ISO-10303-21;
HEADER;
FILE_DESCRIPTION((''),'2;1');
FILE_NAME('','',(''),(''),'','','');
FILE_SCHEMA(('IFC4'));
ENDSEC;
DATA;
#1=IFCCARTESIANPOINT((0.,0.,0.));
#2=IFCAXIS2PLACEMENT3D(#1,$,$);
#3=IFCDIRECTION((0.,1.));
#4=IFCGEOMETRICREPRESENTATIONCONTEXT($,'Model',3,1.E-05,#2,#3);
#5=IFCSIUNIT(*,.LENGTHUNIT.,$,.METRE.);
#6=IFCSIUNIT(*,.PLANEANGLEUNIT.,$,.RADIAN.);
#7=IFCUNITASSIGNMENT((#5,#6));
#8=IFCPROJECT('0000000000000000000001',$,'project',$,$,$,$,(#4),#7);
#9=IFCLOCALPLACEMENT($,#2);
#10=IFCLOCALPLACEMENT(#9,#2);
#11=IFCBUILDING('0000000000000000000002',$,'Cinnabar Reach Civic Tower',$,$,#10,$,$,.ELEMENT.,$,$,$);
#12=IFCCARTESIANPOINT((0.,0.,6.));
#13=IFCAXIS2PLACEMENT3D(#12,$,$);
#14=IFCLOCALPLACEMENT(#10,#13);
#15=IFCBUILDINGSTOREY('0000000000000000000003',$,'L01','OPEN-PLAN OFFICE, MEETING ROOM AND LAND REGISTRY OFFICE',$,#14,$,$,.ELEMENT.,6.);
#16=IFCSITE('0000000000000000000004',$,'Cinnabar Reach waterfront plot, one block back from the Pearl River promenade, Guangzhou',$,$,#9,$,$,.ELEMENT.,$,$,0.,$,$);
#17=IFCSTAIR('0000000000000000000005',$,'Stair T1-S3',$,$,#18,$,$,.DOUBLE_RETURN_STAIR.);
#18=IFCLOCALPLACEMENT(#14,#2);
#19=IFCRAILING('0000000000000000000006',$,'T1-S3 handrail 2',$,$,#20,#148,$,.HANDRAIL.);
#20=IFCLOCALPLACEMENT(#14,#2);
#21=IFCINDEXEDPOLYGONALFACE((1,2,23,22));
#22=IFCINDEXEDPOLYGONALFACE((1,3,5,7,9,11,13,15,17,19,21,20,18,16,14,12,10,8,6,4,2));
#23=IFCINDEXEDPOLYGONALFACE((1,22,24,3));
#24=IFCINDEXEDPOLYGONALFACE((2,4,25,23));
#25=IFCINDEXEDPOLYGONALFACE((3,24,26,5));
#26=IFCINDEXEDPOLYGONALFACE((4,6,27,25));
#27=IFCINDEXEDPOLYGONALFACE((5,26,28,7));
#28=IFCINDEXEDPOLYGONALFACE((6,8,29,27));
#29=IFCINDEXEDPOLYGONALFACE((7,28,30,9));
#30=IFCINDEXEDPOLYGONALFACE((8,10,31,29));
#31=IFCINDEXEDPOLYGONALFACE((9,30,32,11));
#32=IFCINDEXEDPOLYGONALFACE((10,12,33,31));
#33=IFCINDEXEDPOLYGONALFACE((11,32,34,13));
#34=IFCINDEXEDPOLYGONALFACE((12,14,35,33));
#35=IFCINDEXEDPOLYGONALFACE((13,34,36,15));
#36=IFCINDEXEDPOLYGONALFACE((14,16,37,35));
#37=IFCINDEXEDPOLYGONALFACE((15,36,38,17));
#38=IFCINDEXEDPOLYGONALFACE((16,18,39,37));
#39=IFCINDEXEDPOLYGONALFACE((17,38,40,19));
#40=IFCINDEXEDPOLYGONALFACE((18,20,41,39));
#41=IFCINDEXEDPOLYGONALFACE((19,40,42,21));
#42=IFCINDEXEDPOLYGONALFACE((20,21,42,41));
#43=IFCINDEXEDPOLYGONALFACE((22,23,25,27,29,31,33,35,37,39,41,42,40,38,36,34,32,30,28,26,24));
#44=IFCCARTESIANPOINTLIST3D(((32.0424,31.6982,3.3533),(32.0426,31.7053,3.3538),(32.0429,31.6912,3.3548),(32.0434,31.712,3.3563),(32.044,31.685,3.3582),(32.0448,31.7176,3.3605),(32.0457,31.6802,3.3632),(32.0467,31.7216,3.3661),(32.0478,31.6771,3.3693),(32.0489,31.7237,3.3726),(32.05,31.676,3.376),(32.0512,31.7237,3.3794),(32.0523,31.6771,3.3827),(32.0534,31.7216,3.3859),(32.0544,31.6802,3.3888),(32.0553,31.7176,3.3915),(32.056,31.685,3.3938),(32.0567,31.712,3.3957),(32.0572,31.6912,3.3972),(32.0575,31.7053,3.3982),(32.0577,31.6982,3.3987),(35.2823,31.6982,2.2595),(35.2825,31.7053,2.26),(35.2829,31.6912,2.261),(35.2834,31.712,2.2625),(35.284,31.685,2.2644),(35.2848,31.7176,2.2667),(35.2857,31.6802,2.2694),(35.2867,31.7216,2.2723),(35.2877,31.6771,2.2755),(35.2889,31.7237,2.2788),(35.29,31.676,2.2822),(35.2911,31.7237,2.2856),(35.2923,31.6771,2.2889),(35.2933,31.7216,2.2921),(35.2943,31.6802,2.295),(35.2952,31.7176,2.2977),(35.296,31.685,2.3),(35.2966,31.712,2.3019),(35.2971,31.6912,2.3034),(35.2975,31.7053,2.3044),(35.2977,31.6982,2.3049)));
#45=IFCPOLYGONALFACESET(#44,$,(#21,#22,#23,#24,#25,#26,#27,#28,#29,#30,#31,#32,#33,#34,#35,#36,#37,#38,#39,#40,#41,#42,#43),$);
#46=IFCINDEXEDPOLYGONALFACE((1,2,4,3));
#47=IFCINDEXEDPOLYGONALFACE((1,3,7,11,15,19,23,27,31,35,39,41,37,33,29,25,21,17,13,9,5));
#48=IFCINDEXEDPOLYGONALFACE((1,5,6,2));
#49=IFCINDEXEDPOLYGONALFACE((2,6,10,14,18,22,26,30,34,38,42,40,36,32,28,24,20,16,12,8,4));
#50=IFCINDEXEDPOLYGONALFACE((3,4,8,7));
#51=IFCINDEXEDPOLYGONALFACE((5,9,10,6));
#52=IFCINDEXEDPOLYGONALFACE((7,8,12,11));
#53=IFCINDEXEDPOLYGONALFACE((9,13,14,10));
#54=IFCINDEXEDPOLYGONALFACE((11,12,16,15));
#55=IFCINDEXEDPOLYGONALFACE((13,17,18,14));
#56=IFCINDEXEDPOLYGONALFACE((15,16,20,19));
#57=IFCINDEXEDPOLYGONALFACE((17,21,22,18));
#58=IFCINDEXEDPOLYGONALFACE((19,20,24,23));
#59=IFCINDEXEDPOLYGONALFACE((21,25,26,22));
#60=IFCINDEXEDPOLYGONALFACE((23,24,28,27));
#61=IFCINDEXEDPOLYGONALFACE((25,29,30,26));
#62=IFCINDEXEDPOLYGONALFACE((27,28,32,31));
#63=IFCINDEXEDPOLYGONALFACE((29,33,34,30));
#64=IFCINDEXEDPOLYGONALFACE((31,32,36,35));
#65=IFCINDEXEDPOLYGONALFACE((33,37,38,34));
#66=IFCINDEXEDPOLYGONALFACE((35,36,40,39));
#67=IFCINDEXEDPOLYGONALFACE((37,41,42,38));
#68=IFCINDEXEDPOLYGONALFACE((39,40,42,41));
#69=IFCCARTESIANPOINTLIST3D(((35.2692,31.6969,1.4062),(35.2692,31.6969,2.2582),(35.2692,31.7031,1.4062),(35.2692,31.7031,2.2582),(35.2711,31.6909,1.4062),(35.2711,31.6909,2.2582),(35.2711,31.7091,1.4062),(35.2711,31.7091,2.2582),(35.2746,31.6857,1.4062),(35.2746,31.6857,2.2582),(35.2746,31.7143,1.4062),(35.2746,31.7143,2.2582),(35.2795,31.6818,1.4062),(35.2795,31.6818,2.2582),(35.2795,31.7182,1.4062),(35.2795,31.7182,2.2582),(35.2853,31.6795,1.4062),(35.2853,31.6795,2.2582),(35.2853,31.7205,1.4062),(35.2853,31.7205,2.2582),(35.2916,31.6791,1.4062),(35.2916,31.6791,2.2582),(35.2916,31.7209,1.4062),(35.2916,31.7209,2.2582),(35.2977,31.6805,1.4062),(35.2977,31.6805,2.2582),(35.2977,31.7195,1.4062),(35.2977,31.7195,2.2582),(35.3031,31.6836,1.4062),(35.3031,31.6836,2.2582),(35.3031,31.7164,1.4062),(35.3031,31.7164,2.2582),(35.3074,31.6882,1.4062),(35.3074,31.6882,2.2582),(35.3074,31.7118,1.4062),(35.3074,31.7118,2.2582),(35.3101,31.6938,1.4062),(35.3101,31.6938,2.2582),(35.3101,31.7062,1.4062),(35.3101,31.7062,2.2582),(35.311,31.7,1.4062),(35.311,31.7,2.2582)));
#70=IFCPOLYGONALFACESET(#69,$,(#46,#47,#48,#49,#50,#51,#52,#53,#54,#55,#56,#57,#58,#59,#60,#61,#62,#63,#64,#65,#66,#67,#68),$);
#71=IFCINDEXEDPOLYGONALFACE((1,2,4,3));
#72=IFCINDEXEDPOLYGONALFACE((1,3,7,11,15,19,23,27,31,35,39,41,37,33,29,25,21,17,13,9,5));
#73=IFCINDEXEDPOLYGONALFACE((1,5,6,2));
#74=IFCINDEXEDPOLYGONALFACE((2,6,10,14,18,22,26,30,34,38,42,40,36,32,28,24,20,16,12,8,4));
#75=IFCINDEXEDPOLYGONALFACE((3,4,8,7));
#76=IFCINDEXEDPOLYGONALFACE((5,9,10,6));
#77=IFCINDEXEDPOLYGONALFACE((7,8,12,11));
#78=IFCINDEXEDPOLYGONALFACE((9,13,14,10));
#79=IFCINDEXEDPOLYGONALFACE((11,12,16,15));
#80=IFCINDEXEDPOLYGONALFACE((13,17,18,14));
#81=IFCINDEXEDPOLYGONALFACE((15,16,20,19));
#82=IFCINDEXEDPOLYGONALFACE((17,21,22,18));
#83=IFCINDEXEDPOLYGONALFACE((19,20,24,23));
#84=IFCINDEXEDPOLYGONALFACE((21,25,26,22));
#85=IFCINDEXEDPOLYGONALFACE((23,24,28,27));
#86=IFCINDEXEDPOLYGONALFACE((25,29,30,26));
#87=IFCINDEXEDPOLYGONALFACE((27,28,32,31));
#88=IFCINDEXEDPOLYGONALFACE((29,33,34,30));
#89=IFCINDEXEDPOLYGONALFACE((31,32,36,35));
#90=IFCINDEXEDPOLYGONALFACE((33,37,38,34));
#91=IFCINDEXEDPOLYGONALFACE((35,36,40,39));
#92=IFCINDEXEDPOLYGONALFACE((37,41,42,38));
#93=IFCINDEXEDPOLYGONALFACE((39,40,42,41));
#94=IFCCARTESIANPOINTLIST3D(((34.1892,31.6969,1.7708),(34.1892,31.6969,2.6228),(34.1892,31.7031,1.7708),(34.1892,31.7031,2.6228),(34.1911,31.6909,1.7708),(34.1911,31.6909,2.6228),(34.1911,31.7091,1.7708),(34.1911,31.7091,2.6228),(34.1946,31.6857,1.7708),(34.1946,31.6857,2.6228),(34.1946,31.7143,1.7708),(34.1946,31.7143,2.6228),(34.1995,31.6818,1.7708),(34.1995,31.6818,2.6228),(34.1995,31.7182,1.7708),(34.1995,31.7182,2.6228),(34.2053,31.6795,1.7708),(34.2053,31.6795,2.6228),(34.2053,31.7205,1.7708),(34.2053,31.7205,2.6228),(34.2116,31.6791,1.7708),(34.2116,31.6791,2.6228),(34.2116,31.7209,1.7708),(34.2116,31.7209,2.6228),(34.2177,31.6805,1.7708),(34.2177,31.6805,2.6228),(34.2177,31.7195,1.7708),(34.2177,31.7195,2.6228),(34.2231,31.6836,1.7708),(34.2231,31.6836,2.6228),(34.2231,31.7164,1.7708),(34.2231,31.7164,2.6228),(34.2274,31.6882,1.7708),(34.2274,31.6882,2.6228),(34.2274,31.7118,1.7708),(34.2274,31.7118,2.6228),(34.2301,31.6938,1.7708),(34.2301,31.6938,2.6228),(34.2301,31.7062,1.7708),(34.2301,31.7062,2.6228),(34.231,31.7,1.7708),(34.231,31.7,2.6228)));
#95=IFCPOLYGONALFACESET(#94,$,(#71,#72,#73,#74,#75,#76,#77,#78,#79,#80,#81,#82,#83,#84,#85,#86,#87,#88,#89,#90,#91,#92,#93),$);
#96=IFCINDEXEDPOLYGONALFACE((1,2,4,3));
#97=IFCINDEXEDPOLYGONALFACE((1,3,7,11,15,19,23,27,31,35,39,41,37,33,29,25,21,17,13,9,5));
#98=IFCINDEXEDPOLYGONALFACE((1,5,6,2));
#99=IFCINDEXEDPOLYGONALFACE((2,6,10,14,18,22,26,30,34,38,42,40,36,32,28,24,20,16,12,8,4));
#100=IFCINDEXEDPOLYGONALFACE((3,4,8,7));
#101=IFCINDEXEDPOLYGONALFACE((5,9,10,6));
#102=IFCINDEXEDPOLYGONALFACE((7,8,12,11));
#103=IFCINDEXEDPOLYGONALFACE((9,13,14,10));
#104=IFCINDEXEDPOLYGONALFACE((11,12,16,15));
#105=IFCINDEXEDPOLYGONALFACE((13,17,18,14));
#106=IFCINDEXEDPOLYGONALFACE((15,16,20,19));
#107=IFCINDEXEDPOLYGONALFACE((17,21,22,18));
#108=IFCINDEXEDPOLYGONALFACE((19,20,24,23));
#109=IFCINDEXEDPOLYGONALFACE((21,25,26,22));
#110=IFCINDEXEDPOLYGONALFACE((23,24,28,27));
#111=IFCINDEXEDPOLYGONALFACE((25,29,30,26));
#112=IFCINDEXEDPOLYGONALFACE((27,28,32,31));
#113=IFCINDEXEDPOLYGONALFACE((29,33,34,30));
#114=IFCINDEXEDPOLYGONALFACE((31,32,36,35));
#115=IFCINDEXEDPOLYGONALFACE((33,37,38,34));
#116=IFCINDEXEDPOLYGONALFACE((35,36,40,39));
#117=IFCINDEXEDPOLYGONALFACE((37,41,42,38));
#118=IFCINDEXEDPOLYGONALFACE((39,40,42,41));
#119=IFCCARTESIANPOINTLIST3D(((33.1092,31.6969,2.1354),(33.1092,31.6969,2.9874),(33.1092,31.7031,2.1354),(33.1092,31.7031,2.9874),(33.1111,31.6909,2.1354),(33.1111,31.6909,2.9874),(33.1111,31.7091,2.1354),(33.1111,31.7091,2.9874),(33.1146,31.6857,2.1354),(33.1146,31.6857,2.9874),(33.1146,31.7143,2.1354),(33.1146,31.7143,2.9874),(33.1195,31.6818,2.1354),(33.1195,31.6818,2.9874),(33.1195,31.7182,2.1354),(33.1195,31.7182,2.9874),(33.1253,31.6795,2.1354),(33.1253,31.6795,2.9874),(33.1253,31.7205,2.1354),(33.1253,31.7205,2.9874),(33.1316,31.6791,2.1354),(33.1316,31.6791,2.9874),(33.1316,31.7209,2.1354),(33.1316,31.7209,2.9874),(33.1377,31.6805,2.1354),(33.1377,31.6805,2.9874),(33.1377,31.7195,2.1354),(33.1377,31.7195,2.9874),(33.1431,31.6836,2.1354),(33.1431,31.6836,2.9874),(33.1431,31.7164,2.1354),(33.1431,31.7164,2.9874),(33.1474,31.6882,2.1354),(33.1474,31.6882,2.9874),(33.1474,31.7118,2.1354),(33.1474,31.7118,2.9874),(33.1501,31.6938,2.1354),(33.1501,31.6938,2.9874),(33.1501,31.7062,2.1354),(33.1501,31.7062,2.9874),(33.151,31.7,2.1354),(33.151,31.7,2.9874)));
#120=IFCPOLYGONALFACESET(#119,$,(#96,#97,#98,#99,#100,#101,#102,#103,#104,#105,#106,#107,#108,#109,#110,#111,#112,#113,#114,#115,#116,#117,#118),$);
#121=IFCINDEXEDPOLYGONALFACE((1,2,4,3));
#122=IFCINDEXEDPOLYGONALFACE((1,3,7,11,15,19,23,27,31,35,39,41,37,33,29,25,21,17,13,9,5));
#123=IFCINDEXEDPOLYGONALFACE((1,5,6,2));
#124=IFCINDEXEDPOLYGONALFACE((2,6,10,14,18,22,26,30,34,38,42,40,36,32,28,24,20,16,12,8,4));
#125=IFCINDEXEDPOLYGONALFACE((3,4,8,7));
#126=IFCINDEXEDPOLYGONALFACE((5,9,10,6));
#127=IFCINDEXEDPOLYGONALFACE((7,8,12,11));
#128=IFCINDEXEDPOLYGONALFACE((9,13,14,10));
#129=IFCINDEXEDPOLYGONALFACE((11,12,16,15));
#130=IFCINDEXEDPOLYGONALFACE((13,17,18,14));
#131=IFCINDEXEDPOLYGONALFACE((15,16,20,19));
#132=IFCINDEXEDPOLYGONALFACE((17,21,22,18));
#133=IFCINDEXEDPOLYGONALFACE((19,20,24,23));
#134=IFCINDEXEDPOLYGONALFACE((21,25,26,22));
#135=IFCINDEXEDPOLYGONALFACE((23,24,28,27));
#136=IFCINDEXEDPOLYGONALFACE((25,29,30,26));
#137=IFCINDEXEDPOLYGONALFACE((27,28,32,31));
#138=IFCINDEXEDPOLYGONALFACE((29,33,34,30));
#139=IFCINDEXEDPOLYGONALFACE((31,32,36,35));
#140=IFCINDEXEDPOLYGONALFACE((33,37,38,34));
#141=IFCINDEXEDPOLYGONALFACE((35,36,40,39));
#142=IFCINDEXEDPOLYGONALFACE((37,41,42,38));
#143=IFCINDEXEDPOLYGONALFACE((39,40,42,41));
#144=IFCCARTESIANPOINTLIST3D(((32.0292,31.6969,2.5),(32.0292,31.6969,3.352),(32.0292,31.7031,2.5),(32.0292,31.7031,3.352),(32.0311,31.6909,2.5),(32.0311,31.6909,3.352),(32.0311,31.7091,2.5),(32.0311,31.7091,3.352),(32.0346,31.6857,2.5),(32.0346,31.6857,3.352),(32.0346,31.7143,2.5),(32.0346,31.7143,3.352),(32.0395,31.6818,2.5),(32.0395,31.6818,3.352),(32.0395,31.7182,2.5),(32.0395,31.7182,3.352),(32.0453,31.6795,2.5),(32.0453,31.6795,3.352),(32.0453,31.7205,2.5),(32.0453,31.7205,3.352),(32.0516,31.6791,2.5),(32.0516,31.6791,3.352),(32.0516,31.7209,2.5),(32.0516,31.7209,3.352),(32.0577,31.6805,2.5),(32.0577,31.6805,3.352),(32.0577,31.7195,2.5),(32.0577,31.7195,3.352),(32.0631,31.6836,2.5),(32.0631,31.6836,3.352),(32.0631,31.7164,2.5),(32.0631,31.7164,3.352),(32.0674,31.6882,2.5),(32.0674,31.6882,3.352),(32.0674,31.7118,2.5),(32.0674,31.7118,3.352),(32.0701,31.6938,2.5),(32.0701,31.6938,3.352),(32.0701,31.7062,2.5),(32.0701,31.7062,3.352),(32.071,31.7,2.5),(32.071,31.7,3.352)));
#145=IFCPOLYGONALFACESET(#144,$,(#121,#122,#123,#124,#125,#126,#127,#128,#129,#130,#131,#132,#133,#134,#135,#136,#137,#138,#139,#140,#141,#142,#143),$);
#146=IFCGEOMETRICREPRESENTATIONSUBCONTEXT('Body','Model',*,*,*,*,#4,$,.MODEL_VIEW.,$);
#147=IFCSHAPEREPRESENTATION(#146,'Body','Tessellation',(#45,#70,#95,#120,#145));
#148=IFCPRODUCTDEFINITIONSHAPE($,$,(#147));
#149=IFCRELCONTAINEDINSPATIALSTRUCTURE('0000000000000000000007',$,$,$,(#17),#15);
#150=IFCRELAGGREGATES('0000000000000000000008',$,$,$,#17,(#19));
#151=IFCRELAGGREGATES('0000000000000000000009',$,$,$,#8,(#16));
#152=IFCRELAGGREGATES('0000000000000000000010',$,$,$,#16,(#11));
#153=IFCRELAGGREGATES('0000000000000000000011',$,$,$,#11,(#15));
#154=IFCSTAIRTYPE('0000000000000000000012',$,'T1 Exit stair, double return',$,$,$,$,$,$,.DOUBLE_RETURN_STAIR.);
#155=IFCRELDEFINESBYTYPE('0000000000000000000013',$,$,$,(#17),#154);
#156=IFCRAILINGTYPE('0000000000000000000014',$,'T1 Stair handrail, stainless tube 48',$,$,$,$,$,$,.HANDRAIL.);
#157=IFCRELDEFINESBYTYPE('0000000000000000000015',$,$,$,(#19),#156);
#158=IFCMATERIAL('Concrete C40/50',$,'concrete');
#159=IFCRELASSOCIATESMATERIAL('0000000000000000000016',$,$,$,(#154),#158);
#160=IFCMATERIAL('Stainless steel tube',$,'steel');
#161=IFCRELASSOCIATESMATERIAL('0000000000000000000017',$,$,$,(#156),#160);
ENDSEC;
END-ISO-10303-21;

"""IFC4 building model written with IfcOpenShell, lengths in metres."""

from ifc_helpers import new_model, si_unit, direction, frame, origin, origin_2d, place, context, subcontext, project, spatial, circle, extrude, material, type_object, element, aggregate, save


model = new_model("IFC4")

# Units and contexts
model_context = context("Model", 3, precision=1e-05, world=origin(), true_north=direction((0.0, 1.0)))
body_context = subcontext(model_context, "Body", "Model", "MODEL_VIEW")
ifc_project = project(units=[si_unit("LENGTHUNIT", "METRE"), si_unit("PLANEANGLEUNIT", "RADIAN")], contexts=[model_context])

# Site, building, storey
site_placement = place(None, origin())
site = spatial("IfcSite", under=ifc_project, at=site_placement, Name="Cinnabar Reach waterfront plot, one block back from the Pearl River promenade, Guangzhou", CompositionType="ELEMENT", RefElevation=0.0)
building_placement = place(site_placement, origin())
building = spatial("IfcBuilding", under=site, at=building_placement, Name="Cinnabar Reach Civic Tower", CompositionType="ELEMENT")
storey_placement = place(building_placement, frame((0.0, 0.0, 6.0)))
storey = spatial("IfcBuildingStorey", under=building, at=storey_placement, Name="L01", Description="OPEN-PLAN OFFICE, MEETING ROOM AND LAND REGISTRY OFFICE", CompositionType="ELEMENT", Elevation=6.0)

# Stair, railing
ifc_material_1 = material(Name="Concrete C40/50", Category="concrete")
stair_type = type_object("IfcStairType", Name="T1 Exit stair, double return", PredefinedType="DOUBLE_RETURN_STAIR", material=ifc_material_1)
stair_placement = place(storey_placement, origin())
stair = element("IfcStair", 1, at=stair_placement, inside=storey, type_object=stair_type, Name="Stair T1-S3", PredefinedType="DOUBLE_RETURN_STAIR")
ifc_material_2 = material(Name="Stainless steel tube", Category="steel")
railing_type = type_object("IfcRailingType", Name="T1 Stair handrail, stainless tube 48", PredefinedType="HANDRAIL", material=ifc_material_2)
railing_1_placement = place(storey_placement, frame((35.29, 31.7, 1.4062)))
railing_1 = element("IfcRailing", 2, at=railing_1_placement, type_object=railing_type, Name="T1-S3 handrail 2", PredefinedType="HANDRAIL", context=body_context, shape_type="SweptSolid", body=[
    extrude(circle(Radius=0.024, at=origin_2d()), frame((0.0, 0.0, 0.876), z_axis=(-0.947466, 0.0, 0.319857), x_axis=(0.0, -1.0, 0.0)), (0.0, 0.0, 1.0), 3.4196),
    extrude(circle(Radius=0.021, at=origin_2d()), origin(), (0.0, 0.0, 1.0), 0.852),
    extrude(circle(Radius=0.021, at=origin_2d()), frame((-1.08, 0.0, 0.3646)), (0.0, 0.0, 1.0), 0.852),
    extrude(circle(Radius=0.021, at=origin_2d()), frame((-2.16, 0.0, 0.7292)), (0.0, 0.0, 1.0), 0.852),
    extrude(circle(Radius=0.021, at=origin_2d()), frame((-3.24, 0.0, 1.0938)), (0.0, 0.0, 1.0), 0.852),
])
aggregate(stair, [railing_1])

save(model, "model.ifc")
